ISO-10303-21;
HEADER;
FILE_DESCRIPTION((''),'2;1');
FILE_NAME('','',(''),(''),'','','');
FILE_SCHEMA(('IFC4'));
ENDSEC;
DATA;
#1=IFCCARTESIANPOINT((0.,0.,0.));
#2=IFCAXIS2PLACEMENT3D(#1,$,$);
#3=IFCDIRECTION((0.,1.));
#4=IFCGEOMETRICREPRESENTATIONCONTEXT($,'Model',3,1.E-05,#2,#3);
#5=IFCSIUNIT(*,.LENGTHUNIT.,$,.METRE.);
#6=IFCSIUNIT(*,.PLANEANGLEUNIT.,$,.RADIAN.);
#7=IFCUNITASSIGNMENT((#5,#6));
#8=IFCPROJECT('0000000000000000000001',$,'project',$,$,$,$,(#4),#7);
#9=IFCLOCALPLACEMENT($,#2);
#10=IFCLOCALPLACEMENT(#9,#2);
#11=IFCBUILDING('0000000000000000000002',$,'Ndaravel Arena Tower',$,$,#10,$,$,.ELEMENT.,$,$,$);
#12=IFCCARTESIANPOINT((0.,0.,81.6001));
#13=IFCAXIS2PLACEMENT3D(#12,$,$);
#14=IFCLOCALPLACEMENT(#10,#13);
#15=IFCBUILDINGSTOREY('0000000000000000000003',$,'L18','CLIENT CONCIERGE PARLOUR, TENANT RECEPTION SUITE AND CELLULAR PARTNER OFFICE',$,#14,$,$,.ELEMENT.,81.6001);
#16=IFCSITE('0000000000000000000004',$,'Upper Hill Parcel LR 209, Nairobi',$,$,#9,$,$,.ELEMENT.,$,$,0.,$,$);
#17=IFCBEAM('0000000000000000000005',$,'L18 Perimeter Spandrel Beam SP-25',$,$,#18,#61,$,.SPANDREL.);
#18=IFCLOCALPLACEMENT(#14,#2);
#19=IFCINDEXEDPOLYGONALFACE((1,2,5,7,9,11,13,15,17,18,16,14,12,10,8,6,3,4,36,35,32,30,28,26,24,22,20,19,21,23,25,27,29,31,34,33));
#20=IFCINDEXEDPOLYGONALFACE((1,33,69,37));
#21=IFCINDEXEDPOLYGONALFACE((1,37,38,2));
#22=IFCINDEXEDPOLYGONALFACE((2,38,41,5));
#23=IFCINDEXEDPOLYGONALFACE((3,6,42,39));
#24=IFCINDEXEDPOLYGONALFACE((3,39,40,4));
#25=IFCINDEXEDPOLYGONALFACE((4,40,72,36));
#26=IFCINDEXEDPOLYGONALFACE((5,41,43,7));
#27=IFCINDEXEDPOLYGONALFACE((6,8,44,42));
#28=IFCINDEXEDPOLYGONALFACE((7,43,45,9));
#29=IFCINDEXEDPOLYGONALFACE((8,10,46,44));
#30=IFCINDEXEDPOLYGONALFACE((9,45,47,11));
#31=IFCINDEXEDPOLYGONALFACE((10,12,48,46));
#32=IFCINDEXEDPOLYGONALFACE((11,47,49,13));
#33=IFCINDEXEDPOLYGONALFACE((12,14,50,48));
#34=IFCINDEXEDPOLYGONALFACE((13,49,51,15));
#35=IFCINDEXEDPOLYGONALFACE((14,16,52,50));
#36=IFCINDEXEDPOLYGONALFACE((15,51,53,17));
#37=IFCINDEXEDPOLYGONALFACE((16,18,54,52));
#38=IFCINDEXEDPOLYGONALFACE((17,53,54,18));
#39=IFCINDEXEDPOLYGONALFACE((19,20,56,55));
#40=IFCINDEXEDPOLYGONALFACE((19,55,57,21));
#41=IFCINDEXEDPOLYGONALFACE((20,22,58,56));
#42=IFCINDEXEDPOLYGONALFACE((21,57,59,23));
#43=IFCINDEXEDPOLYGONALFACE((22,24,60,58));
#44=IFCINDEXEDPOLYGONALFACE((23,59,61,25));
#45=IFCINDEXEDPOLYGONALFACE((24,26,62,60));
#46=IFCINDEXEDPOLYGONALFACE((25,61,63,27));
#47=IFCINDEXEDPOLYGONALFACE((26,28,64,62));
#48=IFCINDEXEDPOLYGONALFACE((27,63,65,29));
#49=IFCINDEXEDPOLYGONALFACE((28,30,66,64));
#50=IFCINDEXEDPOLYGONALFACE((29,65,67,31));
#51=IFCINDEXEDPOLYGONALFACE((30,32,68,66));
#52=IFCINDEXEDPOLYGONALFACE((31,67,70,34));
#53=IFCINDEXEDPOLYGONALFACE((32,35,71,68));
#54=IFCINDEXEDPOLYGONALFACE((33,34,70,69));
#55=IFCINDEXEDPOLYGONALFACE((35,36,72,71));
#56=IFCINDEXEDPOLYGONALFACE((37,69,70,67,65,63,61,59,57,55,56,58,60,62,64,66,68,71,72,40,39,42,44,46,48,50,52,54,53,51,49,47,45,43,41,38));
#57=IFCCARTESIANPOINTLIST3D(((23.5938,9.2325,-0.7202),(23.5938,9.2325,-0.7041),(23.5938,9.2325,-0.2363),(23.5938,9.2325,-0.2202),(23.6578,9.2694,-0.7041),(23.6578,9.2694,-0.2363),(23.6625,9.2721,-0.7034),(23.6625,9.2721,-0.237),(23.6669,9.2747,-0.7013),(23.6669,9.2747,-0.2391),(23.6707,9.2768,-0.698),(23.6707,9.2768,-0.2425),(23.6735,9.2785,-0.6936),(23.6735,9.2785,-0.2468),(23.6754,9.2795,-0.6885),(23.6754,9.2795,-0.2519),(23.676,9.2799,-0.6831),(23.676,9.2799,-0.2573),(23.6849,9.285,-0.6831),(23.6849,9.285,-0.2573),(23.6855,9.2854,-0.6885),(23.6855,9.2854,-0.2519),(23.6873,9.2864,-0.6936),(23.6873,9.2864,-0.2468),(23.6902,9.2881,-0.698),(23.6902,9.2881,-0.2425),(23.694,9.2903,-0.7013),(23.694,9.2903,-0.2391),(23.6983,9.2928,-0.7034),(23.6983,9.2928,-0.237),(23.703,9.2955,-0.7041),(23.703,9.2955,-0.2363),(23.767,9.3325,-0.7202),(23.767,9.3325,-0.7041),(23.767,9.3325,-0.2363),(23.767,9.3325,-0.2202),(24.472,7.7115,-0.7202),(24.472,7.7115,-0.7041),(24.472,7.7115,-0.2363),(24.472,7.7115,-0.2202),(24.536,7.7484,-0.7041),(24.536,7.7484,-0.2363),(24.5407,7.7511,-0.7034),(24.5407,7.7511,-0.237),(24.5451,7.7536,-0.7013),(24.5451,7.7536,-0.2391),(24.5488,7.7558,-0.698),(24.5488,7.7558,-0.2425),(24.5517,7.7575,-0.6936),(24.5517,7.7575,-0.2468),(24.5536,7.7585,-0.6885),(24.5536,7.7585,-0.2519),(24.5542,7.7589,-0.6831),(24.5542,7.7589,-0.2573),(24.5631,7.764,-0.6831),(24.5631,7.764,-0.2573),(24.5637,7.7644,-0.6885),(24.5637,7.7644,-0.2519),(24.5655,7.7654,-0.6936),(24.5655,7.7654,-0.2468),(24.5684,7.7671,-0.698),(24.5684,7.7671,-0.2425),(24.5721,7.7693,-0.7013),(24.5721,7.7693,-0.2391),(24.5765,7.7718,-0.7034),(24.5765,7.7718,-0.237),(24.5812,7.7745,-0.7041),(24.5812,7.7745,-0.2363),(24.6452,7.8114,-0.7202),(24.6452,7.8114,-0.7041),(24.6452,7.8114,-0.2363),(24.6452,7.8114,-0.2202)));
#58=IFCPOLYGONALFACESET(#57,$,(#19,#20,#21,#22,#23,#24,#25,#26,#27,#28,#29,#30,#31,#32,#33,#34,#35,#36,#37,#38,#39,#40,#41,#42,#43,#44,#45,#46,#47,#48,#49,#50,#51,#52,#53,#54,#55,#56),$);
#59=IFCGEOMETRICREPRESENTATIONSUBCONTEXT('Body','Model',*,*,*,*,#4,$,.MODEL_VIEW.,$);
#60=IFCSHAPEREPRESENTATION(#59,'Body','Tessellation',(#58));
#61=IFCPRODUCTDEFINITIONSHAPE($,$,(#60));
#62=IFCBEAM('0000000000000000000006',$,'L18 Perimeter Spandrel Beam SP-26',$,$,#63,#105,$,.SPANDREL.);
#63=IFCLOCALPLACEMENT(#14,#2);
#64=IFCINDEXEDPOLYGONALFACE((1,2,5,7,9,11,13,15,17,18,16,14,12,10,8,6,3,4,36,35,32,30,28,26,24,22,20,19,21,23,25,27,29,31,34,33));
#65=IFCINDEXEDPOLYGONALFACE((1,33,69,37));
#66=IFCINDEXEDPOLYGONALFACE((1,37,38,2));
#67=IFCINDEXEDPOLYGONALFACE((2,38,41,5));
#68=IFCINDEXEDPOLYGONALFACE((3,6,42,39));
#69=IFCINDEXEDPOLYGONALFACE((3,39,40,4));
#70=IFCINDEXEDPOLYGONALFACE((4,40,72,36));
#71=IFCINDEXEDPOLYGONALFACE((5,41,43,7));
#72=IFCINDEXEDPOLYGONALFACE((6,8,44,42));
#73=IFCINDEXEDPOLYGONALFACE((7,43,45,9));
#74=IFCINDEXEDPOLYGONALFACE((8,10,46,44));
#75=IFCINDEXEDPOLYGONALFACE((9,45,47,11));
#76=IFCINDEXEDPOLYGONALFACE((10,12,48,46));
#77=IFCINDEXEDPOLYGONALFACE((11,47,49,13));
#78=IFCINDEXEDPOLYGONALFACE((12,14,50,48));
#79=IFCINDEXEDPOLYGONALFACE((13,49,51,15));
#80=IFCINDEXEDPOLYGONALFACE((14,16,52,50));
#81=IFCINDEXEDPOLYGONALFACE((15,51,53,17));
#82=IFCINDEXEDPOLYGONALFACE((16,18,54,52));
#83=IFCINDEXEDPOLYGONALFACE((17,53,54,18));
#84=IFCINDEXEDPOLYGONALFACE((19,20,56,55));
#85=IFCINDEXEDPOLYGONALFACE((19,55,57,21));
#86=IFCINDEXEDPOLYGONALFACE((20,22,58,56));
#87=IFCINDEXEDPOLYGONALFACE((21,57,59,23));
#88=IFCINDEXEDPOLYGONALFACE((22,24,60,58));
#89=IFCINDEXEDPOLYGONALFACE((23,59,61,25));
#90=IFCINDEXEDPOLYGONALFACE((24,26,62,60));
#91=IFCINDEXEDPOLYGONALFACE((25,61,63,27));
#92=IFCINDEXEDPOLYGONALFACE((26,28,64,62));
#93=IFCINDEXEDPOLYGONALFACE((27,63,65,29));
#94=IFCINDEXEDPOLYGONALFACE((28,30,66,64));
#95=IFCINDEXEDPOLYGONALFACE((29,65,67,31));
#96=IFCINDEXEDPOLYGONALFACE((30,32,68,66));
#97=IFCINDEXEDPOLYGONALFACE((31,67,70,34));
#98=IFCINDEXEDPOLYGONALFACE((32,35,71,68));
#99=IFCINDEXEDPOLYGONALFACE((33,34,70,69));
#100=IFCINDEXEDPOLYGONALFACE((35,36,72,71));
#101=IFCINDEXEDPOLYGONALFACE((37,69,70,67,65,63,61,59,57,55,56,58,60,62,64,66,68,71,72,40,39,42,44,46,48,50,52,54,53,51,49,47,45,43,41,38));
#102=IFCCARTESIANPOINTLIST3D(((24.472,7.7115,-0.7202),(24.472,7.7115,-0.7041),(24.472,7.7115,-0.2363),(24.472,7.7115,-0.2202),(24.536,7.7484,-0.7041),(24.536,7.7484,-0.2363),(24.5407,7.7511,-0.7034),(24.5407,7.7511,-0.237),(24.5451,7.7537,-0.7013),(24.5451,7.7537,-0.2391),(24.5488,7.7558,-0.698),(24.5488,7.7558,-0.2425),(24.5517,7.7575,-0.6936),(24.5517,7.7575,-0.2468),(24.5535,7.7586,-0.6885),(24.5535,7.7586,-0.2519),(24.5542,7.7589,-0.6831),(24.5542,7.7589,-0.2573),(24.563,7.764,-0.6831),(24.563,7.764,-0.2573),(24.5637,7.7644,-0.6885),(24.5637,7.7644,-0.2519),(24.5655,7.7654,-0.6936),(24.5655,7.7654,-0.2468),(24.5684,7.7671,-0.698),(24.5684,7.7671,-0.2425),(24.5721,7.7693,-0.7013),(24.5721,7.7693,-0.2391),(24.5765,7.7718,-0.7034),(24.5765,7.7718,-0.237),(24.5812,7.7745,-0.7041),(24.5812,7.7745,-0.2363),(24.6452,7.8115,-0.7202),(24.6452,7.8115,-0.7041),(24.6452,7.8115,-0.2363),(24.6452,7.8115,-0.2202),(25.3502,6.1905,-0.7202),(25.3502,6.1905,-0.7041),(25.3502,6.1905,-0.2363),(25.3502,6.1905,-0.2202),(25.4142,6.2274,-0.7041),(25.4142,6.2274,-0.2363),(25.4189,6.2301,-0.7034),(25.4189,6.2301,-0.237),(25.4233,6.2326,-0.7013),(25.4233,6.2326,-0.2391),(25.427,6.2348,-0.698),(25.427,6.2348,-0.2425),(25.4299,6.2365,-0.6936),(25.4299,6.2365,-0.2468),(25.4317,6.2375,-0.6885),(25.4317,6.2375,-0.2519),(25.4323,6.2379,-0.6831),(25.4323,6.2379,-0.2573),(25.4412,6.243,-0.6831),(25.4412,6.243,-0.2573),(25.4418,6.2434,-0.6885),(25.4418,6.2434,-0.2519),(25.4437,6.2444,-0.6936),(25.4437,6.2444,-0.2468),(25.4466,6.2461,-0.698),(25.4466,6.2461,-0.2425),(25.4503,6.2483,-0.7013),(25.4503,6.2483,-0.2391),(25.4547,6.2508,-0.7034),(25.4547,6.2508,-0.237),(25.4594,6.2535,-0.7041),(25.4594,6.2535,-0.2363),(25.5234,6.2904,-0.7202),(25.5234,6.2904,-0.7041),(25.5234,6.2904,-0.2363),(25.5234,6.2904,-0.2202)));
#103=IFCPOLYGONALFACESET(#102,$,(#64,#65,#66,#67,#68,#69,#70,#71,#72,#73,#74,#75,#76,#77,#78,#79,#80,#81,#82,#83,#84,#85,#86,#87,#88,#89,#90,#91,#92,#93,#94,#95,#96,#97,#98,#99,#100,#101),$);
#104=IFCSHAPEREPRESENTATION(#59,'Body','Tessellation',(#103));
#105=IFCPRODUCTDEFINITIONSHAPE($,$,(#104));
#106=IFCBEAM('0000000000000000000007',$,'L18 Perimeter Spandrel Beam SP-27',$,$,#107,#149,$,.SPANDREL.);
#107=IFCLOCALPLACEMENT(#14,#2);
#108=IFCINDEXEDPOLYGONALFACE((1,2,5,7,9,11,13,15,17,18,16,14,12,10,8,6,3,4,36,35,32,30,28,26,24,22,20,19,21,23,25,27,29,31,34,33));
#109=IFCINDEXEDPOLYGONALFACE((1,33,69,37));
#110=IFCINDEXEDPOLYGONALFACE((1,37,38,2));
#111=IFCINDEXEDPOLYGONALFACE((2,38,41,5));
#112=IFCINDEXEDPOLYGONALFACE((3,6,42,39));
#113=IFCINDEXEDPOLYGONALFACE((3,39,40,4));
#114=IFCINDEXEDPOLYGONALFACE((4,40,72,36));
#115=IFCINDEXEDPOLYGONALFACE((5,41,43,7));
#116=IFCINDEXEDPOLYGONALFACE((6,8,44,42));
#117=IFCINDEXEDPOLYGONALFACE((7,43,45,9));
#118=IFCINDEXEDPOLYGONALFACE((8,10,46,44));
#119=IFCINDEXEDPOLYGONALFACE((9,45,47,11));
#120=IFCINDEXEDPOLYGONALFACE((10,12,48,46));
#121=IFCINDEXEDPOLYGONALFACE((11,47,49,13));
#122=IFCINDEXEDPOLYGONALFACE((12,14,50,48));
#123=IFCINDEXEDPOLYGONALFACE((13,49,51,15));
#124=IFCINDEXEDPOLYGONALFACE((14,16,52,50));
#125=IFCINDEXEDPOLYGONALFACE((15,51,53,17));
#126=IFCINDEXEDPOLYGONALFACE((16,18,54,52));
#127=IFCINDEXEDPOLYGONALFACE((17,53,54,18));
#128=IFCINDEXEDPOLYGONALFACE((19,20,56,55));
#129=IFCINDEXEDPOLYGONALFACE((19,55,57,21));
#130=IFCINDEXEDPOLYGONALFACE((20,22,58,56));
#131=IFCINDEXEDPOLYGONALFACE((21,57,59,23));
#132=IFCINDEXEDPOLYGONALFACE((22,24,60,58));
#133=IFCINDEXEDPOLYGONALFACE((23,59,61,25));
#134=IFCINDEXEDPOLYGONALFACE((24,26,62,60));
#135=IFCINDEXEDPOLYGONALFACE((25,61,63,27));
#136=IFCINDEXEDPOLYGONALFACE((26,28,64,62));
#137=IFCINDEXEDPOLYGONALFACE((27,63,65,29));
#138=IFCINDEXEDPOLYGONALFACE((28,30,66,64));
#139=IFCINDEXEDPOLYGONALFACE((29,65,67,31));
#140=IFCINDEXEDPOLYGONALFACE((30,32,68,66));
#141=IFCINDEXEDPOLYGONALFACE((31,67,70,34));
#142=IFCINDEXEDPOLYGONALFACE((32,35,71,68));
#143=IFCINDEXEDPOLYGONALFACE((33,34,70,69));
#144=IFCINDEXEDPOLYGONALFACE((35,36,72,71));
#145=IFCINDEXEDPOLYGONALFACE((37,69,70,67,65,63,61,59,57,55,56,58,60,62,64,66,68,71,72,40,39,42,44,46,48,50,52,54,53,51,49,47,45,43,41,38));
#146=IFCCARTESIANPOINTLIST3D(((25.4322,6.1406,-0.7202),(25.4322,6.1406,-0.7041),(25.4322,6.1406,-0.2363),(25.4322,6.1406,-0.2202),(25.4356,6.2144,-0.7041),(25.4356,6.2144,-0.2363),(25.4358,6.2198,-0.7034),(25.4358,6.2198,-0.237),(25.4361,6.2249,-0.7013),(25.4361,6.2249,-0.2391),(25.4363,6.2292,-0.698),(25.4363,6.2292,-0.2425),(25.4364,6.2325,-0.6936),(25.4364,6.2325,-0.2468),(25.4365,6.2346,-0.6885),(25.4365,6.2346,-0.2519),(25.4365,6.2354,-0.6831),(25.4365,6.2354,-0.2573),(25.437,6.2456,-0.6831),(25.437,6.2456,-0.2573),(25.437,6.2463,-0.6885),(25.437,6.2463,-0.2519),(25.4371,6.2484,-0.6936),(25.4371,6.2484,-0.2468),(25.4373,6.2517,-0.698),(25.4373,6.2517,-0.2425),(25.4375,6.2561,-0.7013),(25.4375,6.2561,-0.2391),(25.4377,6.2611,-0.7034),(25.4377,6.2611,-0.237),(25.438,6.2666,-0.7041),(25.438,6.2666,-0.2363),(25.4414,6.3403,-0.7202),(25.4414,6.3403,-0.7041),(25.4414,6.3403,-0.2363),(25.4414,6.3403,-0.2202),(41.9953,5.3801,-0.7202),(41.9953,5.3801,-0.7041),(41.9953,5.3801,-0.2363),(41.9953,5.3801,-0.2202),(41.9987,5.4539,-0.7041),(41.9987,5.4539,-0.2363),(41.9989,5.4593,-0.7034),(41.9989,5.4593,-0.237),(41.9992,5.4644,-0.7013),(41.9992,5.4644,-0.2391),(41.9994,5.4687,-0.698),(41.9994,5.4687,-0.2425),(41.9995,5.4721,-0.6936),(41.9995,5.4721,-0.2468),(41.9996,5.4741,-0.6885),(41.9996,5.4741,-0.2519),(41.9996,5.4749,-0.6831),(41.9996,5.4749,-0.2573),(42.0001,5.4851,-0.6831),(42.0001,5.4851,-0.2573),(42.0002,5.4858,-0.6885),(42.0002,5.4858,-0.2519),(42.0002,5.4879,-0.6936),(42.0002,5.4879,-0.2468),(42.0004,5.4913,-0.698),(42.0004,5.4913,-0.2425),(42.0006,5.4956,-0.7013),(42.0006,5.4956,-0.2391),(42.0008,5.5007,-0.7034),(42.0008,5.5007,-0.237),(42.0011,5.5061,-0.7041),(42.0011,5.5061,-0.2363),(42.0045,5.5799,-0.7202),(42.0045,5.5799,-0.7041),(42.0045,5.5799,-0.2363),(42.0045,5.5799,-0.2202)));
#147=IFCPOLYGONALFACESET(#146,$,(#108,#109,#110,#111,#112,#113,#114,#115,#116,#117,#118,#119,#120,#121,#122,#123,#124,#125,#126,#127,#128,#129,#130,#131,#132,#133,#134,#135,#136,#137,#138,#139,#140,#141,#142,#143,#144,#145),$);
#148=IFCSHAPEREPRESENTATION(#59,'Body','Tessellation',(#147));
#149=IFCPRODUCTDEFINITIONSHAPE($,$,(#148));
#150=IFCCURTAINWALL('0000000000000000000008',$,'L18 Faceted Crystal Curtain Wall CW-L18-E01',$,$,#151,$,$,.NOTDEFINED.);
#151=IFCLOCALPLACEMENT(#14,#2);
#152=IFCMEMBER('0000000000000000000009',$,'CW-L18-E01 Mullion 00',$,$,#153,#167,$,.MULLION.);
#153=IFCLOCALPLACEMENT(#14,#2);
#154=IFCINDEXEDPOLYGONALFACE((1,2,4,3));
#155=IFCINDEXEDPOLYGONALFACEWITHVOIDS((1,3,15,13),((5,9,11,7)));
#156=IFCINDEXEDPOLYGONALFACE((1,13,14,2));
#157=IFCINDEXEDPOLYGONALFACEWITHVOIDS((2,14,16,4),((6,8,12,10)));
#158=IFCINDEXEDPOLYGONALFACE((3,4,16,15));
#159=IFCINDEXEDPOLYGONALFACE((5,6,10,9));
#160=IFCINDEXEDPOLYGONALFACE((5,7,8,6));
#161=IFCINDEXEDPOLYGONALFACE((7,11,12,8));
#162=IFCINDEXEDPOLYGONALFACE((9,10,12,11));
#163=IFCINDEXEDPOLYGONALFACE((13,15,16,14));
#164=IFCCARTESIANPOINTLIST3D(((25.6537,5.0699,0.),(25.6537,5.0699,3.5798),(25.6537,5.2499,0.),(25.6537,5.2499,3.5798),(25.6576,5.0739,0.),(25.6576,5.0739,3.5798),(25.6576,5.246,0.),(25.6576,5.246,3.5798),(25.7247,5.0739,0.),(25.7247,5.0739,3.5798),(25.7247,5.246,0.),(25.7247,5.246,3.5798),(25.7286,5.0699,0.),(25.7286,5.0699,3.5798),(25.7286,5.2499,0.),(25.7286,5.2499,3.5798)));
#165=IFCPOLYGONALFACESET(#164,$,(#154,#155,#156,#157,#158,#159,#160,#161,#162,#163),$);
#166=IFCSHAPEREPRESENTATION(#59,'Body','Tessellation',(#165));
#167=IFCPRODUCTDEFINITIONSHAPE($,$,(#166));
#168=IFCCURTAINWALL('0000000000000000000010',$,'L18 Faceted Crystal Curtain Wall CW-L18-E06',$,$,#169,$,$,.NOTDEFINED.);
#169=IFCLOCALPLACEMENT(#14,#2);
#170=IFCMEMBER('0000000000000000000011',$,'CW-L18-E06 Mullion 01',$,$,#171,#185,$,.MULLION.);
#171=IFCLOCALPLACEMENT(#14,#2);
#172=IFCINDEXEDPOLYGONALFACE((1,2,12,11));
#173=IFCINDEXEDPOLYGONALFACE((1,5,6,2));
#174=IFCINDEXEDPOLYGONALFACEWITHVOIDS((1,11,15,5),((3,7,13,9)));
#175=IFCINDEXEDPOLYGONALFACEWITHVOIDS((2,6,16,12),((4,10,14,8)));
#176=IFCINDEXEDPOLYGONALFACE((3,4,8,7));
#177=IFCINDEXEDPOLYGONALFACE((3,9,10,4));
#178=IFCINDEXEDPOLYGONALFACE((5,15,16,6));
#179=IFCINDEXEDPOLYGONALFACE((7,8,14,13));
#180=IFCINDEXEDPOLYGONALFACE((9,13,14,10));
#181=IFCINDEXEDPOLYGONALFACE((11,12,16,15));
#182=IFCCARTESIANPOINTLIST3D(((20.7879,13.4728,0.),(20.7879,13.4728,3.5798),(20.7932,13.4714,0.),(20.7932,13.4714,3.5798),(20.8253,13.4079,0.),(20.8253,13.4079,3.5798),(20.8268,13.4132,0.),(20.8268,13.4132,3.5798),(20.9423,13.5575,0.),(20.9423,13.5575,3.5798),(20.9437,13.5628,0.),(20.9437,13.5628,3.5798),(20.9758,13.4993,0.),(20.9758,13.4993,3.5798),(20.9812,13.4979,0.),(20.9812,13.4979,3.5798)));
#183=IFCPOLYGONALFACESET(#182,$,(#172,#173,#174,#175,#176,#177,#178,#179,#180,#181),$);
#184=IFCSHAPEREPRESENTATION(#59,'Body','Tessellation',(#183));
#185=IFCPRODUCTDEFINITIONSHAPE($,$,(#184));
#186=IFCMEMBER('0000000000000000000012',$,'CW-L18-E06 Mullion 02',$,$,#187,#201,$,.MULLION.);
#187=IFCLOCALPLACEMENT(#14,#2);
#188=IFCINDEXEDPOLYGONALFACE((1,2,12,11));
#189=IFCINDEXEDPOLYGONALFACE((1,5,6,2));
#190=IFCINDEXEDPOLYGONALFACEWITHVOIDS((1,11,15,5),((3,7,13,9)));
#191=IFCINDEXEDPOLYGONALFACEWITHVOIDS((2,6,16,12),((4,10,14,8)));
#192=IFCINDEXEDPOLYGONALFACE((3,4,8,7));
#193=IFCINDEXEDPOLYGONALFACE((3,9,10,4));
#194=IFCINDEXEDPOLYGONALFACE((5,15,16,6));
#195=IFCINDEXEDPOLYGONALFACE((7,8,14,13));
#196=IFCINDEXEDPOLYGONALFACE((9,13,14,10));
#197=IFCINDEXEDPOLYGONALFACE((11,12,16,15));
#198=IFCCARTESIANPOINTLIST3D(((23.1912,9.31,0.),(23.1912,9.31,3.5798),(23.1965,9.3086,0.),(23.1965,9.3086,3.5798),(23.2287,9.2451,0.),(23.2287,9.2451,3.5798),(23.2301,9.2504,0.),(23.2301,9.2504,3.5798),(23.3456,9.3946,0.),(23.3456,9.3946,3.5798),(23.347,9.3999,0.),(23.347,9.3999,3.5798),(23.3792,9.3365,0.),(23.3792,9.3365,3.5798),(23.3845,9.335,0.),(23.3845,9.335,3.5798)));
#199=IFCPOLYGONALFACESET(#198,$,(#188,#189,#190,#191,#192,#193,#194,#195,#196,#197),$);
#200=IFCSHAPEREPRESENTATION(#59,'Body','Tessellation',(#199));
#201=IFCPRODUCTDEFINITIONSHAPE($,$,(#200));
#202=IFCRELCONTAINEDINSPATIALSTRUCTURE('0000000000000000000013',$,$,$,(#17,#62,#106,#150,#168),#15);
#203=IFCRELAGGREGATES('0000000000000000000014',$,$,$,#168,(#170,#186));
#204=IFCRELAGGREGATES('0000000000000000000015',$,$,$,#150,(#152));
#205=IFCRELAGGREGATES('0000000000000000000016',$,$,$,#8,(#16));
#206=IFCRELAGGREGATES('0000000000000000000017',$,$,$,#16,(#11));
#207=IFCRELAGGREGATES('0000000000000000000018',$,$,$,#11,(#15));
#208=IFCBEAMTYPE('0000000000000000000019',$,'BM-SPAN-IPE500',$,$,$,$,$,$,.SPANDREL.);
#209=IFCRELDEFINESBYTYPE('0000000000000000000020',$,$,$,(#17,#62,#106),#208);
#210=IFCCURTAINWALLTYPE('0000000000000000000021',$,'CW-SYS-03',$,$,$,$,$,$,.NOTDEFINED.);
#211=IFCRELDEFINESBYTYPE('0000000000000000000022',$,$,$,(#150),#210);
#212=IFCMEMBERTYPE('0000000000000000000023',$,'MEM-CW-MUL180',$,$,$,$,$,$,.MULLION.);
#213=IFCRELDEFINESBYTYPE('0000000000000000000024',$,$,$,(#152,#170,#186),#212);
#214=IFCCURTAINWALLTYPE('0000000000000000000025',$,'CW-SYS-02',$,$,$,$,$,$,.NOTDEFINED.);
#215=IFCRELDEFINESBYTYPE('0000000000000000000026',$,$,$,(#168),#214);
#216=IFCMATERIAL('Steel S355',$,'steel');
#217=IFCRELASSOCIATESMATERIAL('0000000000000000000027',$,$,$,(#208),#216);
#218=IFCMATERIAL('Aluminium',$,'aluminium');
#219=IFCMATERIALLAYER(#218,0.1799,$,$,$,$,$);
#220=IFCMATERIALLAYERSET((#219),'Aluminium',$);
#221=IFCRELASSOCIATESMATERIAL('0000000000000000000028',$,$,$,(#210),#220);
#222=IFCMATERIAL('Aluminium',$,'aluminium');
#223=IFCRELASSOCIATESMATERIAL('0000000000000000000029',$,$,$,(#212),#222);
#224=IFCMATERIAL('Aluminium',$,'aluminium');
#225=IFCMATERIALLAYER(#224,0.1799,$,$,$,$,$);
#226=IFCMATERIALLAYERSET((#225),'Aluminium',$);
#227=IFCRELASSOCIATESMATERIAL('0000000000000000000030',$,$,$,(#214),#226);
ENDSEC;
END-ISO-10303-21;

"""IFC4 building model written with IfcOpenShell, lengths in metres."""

from ifc_helpers import new_model, si_unit, direction, frame, origin, origin_2d, place, context, subcontext, project, spatial, hollow_rectangle, i_section, extrude, material, layer, layer_set, material_profile, profile_set, type_object, element, aggregate, save


model = new_model("IFC4")

# Units and contexts
model_context = context("Model", 3, precision=1e-05, world=origin(), true_north=direction((0.0, 1.0)))
body_context = subcontext(model_context, "Body", "Model", "MODEL_VIEW")
ifc_project = project(units=[si_unit("LENGTHUNIT", "METRE"), si_unit("PLANEANGLEUNIT", "RADIAN")], contexts=[model_context])

# Site, building, storey
site_placement = place(None, origin())
site = spatial("IfcSite", under=ifc_project, at=site_placement, Name="Upper Hill Parcel LR 209, Nairobi", CompositionType="ELEMENT", RefElevation=0.0)
building_placement = place(site_placement, origin())
building = spatial("IfcBuilding", under=site, at=building_placement, Name="Ndaravel Arena Tower", CompositionType="ELEMENT")
storey_placement = place(building_placement, frame((0.0, 0.0, 81.6001)))
storey = spatial("IfcBuildingStorey", under=building, at=storey_placement, Name="L18", Description="CLIENT CONCIERGE PARLOUR, TENANT RECEPTION SUITE AND CELLULAR PARTNER OFFICE", CompositionType="ELEMENT", Elevation=81.6001)

# Beams
ifc_material_1 = material(Name="Steel S355", Category="steel")
ifc_material_profile_1 = material_profile(ifc_material_1, i_section(OverallWidth=0.2, OverallDepth=0.5, WebThickness=0.0103, FlangeThickness=0.0161, FilletRadius=0.021, at=origin_2d()), Name="IPE 500")
ifc_profile_set_1 = profile_set([ifc_material_profile_1], Name="Steel S355")
beam_type = type_object("IfcBeamType", Name="BM-SPAN-IPE500", PredefinedType="SPANDREL", material=ifc_profile_set_1)
for number, where, z_axis, x_axis, name in (
    (1, (23.6804, 9.2825, -0.4702), (0.500011, -0.866019, 0.0), (0.866019, 0.500011, 0.0), "L18 Perimeter Spandrel Beam SP-25"),
    (2, (24.5586, 7.7615, -0.4702), (0.500011, -0.866019, 0.0), (0.866019, 0.500011, 0.0), "L18 Perimeter Spandrel Beam SP-26"),
):
    element("IfcBeam", number, at=place(storey_placement, frame(where, z_axis=z_axis, x_axis=x_axis)), inside=storey, type_object=beam_type, Name=name, PredefinedType="SPANDREL", context=body_context, shape_type="SweptSolid", body=[
        extrude(i_section(OverallWidth=0.2, OverallDepth=0.5, WebThickness=0.0103, FlangeThickness=0.0161, FilletRadius=0.021, at=origin_2d()), origin(), (0.0, 0.0, 1.0), 1.7563),
    ])
beam_1_placement = place(storey_placement, frame((25.4368, 6.2405, -0.4702), z_axis=(0.998948, -0.045867, 0.0), x_axis=(0.045867, 0.998948, 0.0)))
element("IfcBeam", 3, at=beam_1_placement, inside=storey, type_object=beam_type, Name="L18 Perimeter Spandrel Beam SP-27", PredefinedType="SPANDREL", context=body_context, shape_type="SweptSolid", body=[
    extrude(i_section(OverallWidth=0.2, OverallDepth=0.5, WebThickness=0.0103, FlangeThickness=0.0161, FilletRadius=0.021, at=origin_2d()), origin(), (0.0, 0.0, 1.0), 16.5806),
])

# Curtain wall, member
ifc_material_2 = material(Name="Aluminium", Category="aluminium")
ifc_layer_1 = layer(ifc_material_2, 0.1799)
ifc_layer_set_1 = layer_set([ifc_layer_1], Name="Aluminium")
curtain_wall_type_1 = type_object("IfcCurtainWallType", Name="CW-SYS-03", PredefinedType="NOTDEFINED", material=ifc_layer_set_1)
curtain_wall_1_placement = place(storey_placement, origin())
curtain_wall_1 = element("IfcCurtainWall", 4, at=curtain_wall_1_placement, inside=storey, type_object=curtain_wall_type_1, Name="L18 Faceted Crystal Curtain Wall CW-L18-E01", PredefinedType="NOTDEFINED")
ifc_material_3 = material(Name="Aluminium", Category="aluminium")
ifc_material_profile_2 = material_profile(ifc_material_3, hollow_rectangle(XDim=0.075, YDim=0.1799, WallThickness=0.0039, at=origin_2d()), Name="CW MULLION 75x180x4")
ifc_profile_set_2 = profile_set([ifc_material_profile_2], Name="Aluminium")
member_type_1 = type_object("IfcMemberType", Name="MEM-CW-MUL180", PredefinedType="MULLION", material=ifc_profile_set_2)
member_1_placement = place(storey_placement, frame((25.6912, 5.1599, 0.0), z_axis=(0.0, 0.0, 1.0), x_axis=(1.0, 0.0, 0.0)))
member_1 = element("IfcMember", 5, at=member_1_placement, type_object=member_type_1, Name="CW-L18-E01 Mullion 00", PredefinedType="MULLION", context=body_context, shape_type="SweptSolid", body=[
    extrude(hollow_rectangle(XDim=0.075, YDim=0.1799, WallThickness=0.0039, at=origin_2d()), origin(), (0.0, 0.0, 1.0), 3.5798),
])

# Curtain wall, members
ifc_material_4 = material(Name="Aluminium", Category="aluminium")
ifc_layer_2 = layer(ifc_material_4, 0.1799)
ifc_layer_set_2 = layer_set([ifc_layer_2], Name="Aluminium")
curtain_wall_type_2 = type_object("IfcCurtainWallType", Name="CW-SYS-02", PredefinedType="NOTDEFINED", material=ifc_layer_set_2)
curtain_wall_2_placement = place(storey_placement, origin())
curtain_wall_2 = element("IfcCurtainWall", 6, at=curtain_wall_2_placement, inside=storey, type_object=curtain_wall_type_2, Name="L18 Faceted Crystal Curtain Wall CW-L18-E06", PredefinedType="NOTDEFINED")
member_2_placement = place(storey_placement, frame((20.8845, 13.4854, 0.0), z_axis=(0.0, 0.0, 1.0), x_axis=(0.5, -0.866025, 0.0)))
member_2 = element("IfcMember", 7, at=member_2_placement, type_object=member_type_1, Name="CW-L18-E06 Mullion 01", PredefinedType="MULLION", context=body_context, shape_type="SweptSolid", body=[
    extrude(hollow_rectangle(XDim=0.075, YDim=0.1799, WallThickness=0.0039, at=origin_2d()), origin(), (0.0, 0.0, 1.0), 3.5798),
])
member_3_placement = place(storey_placement, frame((23.2878, 9.3225, 0.0), z_axis=(0.0, 0.0, 1.0), x_axis=(0.5, -0.866025, 0.0)))
member_3 = element("IfcMember", 8, at=member_3_placement, type_object=member_type_1, Name="CW-L18-E06 Mullion 02", PredefinedType="MULLION", context=body_context, shape_type="SweptSolid", body=[
    extrude(hollow_rectangle(XDim=0.075, YDim=0.1799, WallThickness=0.0039, at=origin_2d()), origin(), (0.0, 0.0, 1.0), 3.5798),
])

aggregate(curtain_wall_2, [member_2, member_3])
aggregate(curtain_wall_1, [member_1])

save(model, "model.ifc")
